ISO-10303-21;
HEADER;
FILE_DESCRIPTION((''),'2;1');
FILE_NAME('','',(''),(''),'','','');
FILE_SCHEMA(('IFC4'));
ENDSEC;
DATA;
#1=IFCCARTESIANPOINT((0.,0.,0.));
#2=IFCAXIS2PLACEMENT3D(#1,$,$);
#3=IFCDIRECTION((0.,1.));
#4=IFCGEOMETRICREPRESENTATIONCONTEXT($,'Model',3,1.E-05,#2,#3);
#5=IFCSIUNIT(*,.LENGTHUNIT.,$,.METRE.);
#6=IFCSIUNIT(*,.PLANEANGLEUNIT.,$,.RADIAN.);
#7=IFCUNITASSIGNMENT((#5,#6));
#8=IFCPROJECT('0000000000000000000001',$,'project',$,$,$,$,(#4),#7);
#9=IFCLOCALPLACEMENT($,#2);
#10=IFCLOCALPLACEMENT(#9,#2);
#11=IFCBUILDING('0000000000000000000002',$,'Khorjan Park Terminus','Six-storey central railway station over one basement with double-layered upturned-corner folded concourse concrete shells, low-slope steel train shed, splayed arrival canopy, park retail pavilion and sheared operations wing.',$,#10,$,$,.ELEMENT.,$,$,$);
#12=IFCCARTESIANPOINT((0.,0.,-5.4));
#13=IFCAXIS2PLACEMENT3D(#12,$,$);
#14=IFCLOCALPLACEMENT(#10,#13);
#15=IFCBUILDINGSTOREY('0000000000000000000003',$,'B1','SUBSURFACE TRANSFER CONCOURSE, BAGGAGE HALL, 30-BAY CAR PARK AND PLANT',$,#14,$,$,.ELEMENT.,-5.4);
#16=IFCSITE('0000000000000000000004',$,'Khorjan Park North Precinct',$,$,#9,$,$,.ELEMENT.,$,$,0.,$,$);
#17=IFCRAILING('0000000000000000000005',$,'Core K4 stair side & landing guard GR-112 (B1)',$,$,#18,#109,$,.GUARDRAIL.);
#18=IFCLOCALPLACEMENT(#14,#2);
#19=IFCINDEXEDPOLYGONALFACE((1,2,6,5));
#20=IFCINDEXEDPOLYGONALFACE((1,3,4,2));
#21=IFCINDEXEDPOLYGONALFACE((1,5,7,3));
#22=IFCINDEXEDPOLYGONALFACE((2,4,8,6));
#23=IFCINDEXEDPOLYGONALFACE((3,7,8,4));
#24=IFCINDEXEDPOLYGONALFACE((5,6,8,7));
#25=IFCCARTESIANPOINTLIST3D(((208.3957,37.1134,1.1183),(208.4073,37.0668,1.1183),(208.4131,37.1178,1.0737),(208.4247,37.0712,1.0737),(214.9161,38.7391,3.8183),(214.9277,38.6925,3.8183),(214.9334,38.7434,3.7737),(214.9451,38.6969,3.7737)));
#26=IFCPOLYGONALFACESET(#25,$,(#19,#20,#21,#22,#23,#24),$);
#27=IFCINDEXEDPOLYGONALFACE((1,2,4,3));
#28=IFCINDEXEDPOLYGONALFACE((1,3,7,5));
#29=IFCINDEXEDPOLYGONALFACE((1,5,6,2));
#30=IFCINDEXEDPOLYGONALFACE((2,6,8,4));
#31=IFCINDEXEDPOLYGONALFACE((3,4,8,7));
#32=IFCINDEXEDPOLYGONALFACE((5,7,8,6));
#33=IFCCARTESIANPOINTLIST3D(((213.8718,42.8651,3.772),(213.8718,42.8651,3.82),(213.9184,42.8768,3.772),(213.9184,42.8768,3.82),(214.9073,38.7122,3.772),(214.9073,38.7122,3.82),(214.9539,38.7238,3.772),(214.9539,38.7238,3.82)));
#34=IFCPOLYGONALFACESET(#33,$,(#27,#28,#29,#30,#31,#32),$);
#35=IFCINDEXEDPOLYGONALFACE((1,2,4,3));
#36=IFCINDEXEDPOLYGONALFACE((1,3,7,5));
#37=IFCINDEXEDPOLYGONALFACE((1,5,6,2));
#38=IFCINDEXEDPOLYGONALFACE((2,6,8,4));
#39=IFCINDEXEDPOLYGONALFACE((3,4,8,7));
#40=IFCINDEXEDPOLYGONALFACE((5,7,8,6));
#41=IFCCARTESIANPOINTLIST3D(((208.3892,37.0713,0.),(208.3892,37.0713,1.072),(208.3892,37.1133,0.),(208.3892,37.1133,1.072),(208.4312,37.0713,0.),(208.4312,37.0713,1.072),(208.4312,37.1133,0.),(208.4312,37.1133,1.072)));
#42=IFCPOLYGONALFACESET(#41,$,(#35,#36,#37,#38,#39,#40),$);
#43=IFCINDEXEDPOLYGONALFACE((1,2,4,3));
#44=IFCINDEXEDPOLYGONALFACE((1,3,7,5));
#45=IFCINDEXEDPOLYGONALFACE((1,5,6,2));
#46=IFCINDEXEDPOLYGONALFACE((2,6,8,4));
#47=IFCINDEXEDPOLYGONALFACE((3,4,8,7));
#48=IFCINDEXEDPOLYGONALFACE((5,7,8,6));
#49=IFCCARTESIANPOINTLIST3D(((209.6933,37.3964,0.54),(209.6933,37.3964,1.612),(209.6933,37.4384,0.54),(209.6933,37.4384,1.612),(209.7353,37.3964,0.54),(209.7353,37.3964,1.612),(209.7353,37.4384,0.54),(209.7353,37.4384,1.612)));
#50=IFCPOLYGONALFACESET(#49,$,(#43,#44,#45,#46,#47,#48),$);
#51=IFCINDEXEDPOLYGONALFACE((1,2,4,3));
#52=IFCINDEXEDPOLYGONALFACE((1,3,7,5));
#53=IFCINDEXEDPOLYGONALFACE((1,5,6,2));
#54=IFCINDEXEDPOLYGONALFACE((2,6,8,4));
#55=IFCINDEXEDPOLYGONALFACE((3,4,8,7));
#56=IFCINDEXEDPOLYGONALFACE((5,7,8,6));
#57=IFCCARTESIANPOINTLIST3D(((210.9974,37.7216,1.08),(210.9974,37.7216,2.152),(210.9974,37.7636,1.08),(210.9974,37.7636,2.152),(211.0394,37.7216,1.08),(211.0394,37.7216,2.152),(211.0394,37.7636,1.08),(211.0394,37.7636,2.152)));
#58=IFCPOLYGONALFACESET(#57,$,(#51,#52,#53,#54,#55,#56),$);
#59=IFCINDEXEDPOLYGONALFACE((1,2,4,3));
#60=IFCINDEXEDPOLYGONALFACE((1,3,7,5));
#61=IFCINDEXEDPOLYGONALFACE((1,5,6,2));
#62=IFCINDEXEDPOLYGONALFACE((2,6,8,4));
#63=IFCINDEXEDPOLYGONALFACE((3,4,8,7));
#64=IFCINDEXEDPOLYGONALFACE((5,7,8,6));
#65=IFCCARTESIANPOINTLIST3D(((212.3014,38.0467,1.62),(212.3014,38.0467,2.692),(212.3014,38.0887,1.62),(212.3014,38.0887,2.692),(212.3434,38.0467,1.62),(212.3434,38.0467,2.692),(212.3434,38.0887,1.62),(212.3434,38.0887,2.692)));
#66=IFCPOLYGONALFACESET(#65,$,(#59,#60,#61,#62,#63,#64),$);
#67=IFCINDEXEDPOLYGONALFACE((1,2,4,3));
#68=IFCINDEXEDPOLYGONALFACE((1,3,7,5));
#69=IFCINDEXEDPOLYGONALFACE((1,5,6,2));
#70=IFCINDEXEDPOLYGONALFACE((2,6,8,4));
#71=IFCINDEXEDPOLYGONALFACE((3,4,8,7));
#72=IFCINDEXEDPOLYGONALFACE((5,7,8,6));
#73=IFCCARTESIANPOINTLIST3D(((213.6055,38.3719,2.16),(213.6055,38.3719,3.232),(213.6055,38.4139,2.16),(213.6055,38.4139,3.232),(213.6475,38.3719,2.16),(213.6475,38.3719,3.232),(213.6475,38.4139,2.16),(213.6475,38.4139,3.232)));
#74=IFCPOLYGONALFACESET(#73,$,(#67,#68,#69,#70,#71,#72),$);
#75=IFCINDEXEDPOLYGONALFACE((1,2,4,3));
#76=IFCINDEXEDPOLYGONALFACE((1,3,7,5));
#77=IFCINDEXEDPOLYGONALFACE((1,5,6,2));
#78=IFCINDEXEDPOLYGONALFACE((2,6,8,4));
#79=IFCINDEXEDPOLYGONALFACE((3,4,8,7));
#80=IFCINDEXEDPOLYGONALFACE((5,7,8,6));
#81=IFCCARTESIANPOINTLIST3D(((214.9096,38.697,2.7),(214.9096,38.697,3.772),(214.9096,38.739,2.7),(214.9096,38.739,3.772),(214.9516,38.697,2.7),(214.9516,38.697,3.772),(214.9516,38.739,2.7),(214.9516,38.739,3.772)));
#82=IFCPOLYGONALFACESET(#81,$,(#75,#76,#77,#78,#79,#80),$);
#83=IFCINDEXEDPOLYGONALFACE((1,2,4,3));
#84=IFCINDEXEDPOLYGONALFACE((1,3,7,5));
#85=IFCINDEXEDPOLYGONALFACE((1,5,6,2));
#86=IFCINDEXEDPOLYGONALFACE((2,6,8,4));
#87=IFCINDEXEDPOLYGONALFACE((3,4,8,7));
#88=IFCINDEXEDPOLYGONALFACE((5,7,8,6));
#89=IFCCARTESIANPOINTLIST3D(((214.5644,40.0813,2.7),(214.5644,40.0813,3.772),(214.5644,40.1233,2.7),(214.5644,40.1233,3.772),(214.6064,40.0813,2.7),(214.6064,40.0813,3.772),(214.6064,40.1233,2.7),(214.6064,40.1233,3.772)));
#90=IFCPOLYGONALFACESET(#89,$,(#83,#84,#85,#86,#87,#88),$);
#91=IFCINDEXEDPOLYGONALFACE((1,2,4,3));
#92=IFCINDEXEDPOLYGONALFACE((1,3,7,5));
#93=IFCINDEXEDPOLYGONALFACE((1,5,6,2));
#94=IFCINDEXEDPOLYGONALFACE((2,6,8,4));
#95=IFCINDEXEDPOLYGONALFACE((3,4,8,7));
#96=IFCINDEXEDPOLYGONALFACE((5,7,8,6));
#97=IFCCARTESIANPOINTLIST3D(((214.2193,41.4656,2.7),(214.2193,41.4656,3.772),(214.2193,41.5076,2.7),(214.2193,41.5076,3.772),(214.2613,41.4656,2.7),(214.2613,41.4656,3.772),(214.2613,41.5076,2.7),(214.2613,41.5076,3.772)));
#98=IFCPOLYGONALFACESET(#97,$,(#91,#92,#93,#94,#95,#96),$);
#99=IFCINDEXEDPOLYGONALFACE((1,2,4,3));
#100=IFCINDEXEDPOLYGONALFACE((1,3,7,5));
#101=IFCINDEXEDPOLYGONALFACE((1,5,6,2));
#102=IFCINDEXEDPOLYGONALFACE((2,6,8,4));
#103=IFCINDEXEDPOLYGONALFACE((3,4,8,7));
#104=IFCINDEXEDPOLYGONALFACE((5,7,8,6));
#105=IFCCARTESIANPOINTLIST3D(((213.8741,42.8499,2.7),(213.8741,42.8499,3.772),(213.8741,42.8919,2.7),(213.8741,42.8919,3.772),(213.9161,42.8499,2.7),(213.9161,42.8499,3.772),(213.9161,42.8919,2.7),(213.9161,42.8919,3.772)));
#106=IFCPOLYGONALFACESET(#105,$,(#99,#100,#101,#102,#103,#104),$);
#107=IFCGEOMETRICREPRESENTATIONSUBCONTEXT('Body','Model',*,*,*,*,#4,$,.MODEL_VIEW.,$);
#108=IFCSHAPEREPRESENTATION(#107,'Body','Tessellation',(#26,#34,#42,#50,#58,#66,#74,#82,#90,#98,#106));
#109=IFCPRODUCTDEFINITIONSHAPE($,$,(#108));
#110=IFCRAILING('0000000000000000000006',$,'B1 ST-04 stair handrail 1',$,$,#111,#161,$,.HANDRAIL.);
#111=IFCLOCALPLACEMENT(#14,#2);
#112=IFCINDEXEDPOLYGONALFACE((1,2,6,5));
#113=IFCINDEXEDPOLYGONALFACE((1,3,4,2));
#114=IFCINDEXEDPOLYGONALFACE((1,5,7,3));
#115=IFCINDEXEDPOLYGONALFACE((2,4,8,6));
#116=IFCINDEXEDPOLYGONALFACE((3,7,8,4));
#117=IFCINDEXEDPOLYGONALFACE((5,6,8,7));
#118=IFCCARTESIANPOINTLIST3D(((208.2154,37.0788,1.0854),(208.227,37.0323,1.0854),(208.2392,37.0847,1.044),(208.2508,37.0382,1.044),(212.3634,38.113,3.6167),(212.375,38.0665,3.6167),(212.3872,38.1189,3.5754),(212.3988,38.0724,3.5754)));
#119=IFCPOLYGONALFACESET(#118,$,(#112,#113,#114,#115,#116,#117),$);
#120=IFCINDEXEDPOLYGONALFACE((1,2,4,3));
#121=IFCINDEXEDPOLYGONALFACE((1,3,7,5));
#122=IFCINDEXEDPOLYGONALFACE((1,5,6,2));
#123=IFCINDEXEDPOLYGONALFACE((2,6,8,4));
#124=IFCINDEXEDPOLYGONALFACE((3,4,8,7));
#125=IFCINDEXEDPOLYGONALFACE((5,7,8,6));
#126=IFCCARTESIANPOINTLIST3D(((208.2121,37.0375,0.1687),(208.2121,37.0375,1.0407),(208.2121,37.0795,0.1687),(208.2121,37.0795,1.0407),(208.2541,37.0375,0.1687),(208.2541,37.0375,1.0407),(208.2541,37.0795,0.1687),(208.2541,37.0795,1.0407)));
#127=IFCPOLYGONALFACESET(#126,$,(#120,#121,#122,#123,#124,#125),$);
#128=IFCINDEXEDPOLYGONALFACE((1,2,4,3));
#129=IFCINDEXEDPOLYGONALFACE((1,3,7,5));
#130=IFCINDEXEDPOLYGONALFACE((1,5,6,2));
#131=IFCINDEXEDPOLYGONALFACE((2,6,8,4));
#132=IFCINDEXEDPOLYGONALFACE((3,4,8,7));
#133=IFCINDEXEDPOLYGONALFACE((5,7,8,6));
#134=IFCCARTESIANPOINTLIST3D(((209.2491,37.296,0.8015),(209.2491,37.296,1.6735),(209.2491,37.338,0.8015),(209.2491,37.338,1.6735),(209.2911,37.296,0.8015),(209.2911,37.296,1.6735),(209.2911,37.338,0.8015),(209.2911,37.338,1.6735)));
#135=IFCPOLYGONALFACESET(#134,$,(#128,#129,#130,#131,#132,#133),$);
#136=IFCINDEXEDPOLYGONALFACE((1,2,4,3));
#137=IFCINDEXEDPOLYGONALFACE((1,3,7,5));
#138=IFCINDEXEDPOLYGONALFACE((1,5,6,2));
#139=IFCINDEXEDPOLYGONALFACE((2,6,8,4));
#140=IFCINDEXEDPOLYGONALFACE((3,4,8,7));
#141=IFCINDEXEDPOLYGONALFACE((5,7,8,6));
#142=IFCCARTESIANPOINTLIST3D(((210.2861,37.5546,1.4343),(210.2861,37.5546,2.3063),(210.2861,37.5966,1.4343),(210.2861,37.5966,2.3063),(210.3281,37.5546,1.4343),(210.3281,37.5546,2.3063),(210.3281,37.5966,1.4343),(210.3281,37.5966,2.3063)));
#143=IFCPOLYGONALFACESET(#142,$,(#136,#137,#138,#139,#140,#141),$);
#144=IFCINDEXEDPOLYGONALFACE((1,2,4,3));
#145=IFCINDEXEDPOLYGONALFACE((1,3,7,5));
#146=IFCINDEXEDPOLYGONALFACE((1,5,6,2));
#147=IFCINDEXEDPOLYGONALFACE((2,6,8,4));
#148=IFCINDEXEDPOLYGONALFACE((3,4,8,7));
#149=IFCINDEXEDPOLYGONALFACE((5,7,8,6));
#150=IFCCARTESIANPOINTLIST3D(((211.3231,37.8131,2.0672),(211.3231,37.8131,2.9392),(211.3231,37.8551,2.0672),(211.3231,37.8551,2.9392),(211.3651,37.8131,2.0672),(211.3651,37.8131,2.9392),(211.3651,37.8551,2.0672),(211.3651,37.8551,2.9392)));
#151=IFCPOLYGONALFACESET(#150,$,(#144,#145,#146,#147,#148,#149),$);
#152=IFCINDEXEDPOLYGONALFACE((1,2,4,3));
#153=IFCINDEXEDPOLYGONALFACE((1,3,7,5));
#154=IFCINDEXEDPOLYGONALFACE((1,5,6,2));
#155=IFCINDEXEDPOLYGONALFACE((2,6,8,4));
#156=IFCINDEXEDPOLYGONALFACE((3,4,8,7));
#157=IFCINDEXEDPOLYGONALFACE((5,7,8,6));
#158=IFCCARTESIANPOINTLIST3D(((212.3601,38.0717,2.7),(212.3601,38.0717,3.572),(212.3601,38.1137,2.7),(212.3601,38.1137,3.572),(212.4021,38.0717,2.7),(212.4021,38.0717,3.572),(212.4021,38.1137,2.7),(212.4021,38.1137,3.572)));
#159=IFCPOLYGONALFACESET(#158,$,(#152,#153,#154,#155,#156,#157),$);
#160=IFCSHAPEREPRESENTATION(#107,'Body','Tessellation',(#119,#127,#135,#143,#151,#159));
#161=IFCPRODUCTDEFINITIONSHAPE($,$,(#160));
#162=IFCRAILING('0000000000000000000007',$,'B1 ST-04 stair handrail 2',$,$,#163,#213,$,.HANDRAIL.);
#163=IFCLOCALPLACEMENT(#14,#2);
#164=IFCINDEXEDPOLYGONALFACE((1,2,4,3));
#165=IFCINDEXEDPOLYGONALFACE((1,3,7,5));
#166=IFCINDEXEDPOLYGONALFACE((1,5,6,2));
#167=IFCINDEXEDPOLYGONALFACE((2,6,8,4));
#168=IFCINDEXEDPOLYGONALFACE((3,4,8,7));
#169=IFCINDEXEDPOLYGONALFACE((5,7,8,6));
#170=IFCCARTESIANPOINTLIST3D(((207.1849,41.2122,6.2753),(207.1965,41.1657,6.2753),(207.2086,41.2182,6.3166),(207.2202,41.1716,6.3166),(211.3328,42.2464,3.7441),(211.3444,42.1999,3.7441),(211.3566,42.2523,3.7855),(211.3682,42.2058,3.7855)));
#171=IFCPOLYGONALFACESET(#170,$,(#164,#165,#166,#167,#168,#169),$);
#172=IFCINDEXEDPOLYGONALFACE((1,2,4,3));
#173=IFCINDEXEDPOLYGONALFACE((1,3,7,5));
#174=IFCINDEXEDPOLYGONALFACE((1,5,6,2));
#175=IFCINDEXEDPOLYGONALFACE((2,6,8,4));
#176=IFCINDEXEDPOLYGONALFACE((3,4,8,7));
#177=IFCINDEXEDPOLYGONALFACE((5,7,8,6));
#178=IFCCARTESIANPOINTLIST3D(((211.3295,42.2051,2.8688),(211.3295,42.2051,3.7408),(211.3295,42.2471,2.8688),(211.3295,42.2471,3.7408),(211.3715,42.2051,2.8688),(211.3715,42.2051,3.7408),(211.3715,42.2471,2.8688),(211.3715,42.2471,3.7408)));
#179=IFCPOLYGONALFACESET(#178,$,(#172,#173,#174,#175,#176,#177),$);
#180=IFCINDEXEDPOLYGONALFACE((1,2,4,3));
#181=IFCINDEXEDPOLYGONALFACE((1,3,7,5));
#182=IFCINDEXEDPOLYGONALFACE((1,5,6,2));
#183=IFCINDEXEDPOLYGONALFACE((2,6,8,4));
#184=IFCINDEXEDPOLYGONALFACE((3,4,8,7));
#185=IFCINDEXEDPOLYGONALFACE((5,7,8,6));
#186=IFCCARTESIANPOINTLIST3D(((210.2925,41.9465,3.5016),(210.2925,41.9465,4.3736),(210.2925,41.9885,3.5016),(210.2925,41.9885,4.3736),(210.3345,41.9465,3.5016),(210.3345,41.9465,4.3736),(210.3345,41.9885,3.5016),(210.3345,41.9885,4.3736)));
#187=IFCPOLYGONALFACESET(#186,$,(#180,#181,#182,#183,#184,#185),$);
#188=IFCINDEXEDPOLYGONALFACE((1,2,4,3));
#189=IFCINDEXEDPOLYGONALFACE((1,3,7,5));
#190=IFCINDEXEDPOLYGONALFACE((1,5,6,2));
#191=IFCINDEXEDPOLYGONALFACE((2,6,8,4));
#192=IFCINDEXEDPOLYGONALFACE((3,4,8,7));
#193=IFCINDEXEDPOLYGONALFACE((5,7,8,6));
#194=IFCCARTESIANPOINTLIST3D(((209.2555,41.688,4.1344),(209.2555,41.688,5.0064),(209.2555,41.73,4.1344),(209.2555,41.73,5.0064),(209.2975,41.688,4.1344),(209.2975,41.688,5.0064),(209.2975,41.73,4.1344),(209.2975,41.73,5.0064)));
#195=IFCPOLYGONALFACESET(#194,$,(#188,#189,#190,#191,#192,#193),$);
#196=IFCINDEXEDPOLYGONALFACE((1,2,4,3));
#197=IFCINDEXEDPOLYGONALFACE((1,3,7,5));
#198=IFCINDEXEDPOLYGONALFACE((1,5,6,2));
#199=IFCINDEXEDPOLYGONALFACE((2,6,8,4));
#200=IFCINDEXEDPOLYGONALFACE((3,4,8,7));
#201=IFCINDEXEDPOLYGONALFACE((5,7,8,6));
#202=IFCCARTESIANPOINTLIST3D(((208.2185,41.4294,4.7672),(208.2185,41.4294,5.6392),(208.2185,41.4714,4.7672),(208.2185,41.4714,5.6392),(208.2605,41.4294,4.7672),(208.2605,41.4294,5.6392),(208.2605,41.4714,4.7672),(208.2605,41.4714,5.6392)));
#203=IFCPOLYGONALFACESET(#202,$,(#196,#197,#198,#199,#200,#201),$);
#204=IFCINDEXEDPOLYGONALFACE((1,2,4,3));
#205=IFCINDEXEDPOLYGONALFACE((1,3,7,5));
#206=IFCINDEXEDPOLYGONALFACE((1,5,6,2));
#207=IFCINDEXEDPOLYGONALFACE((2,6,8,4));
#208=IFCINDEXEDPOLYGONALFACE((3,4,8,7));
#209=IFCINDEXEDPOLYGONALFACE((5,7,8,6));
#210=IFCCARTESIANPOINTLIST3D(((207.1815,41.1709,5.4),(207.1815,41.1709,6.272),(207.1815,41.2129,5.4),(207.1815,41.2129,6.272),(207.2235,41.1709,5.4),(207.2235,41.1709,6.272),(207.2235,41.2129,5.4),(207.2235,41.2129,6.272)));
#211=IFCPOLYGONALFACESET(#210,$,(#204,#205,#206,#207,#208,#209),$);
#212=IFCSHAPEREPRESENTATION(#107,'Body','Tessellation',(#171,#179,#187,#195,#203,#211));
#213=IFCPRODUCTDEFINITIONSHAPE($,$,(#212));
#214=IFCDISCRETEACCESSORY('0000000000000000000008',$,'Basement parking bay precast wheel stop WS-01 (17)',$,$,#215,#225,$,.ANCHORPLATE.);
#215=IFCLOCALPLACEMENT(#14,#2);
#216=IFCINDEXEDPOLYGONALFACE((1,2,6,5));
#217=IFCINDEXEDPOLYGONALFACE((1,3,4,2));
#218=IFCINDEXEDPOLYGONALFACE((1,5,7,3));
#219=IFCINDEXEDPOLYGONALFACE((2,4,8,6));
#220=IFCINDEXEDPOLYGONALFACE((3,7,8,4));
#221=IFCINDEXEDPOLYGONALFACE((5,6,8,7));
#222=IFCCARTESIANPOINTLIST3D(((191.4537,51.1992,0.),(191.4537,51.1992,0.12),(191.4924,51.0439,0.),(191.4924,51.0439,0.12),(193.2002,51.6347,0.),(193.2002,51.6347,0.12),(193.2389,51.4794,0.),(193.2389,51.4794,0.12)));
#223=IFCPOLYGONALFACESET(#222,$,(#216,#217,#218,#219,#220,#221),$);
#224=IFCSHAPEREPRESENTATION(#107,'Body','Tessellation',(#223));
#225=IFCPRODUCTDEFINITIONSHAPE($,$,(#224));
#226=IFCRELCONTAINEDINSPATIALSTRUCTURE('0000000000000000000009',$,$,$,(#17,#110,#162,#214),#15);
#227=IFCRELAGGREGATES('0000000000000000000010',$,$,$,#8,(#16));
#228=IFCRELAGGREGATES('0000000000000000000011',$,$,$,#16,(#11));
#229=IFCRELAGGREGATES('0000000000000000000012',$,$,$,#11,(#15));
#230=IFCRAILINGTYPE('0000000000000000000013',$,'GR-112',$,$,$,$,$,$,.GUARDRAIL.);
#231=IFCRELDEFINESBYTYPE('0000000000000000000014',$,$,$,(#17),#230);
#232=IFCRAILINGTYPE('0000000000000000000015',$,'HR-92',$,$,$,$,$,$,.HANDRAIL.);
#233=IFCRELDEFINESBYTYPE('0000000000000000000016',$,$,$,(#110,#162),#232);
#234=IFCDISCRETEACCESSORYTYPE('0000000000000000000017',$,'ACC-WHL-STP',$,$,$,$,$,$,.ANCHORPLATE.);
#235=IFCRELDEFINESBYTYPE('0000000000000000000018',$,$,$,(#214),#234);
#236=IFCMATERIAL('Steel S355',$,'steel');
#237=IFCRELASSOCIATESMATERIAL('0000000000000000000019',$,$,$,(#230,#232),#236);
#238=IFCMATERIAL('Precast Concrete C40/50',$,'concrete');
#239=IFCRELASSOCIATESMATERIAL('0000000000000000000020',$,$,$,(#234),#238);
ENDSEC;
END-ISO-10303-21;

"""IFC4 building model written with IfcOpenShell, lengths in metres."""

from ifc_helpers import new_model, si_unit, direction, frame, origin, origin_2d, place, context, subcontext, project, spatial, rectangle, extrude, material, type_object, element, save


model = new_model("IFC4")

# Units and contexts
model_context = context("Model", 3, precision=1e-05, world=origin(), true_north=direction((0.0, 1.0)))
body_context = subcontext(model_context, "Body", "Model", "MODEL_VIEW")
ifc_project = project(units=[si_unit("LENGTHUNIT", "METRE"), si_unit("PLANEANGLEUNIT", "RADIAN")], contexts=[model_context])

# Site, building, storey
site_placement = place(None, origin())
site = spatial("IfcSite", under=ifc_project, at=site_placement, Name="Khorjan Park North Precinct", CompositionType="ELEMENT", RefElevation=0.0)
building_placement = place(site_placement, origin())
building = spatial("IfcBuilding", under=site, at=building_placement, Name="Khorjan Park Terminus", Description="Six-storey central railway station over one basement with double-layered upturned-corner folded concourse concrete shells, low-slope steel train shed, splayed arrival canopy, park retail pavilion and sheared operations wing.", CompositionType="ELEMENT")
storey_placement = place(building_placement, frame((0.0, 0.0, -5.4)))
storey = spatial("IfcBuildingStorey", under=building, at=storey_placement, Name="B1", Description="SUBSURFACE TRANSFER CONCOURSE, BAGGAGE HALL, 30-BAY CAR PARK AND PLANT", CompositionType="ELEMENT", Elevation=-5.4)

# Railings
ifc_material_1 = material(Name="Steel S355", Category="steel")
railing_type_1 = type_object("IfcRailingType", Name="GR-112", PredefinedType="GUARDRAIL", material=ifc_material_1)
railing_1_placement = place(storey_placement, frame((208.4102, 37.0923, 0.0)))
element("IfcRailing", 1, at=railing_1_placement, inside=storey, type_object=railing_type_1, Name="Core K4 stair side & landing guard GR-112 (B1)", PredefinedType="GUARDRAIL", context=body_context, shape_type="SweptSolid", body=[
    extrude(rectangle(XDim=0.048, YDim=0.048, at=origin_2d()), frame((0.0, 0.0, 1.096), z_axis=(0.900342, 0.224478, 0.372818), x_axis=(-0.241919, 0.970296, 0.0)), (0.0, 0.0, 1.0), 7.2421),
    extrude(rectangle(XDim=0.048, YDim=0.048, at=origin_2d()), frame((6.5204, 1.6257, 3.796), z_axis=(-0.241936, 0.970292, 0.0), x_axis=(-0.970292, -0.241936, 0.0)), (0.0, 0.0, 1.0), 4.2801),
    extrude(rectangle(XDim=0.042, YDim=0.042, at=origin_2d()), origin(), (0.0, 0.0, 1.0), 1.072),
    extrude(rectangle(XDim=0.042, YDim=0.042, at=origin_2d()), frame((1.3041, 0.3251, 0.54)), (0.0, 0.0, 1.0), 1.072),
    extrude(rectangle(XDim=0.042, YDim=0.042, at=origin_2d()), frame((2.6082, 0.6503, 1.08)), (0.0, 0.0, 1.0), 1.072),
    extrude(rectangle(XDim=0.042, YDim=0.042, at=origin_2d()), frame((3.9122, 0.9754, 1.62)), (0.0, 0.0, 1.0), 1.072),
    extrude(rectangle(XDim=0.042, YDim=0.042, at=origin_2d()), frame((5.2163, 1.3006, 2.16)), (0.0, 0.0, 1.0), 1.072),
    extrude(rectangle(XDim=0.042, YDim=0.042, at=origin_2d()), frame((6.5204, 1.6257, 2.7)), (0.0, 0.0, 1.0), 1.072),
    extrude(rectangle(XDim=0.042, YDim=0.042, at=origin_2d()), frame((6.1752, 3.01, 2.7)), (0.0, 0.0, 1.0), 1.072),
    extrude(rectangle(XDim=0.042, YDim=0.042, at=origin_2d()), frame((5.8301, 4.3943, 2.7)), (0.0, 0.0, 1.0), 1.072),
    extrude(rectangle(XDim=0.042, YDim=0.042, at=origin_2d()), frame((5.4849, 5.7786, 2.7)), (0.0, 0.0, 1.0), 1.072),
])
railing_type_2 = type_object("IfcRailingType", Name="HR-92", PredefinedType="HANDRAIL", material=ifc_material_1)
railing_2_placement = place(storey_placement, frame((208.2331, 37.0585, 0.1687)))
element("IfcRailing", 2, at=railing_2_placement, inside=storey, type_object=railing_type_2, Name="B1 ST-04 stair handrail 1", PredefinedType="HANDRAIL", context=body_context, shape_type="SweptSolid", body=[
    extrude(rectangle(XDim=0.048, YDim=0.048, at=origin_2d()), frame((0.0, 0.0, 0.896), z_axis=(0.834911, 0.208164, 0.509501), x_axis=(-0.241919, 0.970296, 0.0)), (0.0, 0.0, 1.0), 4.9682),
    extrude(rectangle(XDim=0.042, YDim=0.042, at=origin_2d()), origin(), (0.0, 0.0, 1.0), 0.872),
    extrude(rectangle(XDim=0.042, YDim=0.042, at=origin_2d()), frame((1.037, 0.2585, 0.6328)), (0.0, 0.0, 1.0), 0.872),
    extrude(rectangle(XDim=0.042, YDim=0.042, at=origin_2d()), frame((2.074, 0.5171, 1.2656)), (0.0, 0.0, 1.0), 0.872),
    extrude(rectangle(XDim=0.042, YDim=0.042, at=origin_2d()), frame((3.111, 0.7756, 1.8985)), (0.0, 0.0, 1.0), 0.872),
    extrude(rectangle(XDim=0.042, YDim=0.042, at=origin_2d()), frame((4.148, 1.0342, 2.5313)), (0.0, 0.0, 1.0), 0.872),
])
railing_3_placement = place(storey_placement, frame((211.3505, 42.2261, 2.8688)))
element("IfcRailing", 3, at=railing_3_placement, inside=storey, type_object=railing_type_2, Name="B1 ST-04 stair handrail 2", PredefinedType="HANDRAIL", context=body_context, shape_type="SweptSolid", body=[
    extrude(rectangle(XDim=0.048, YDim=0.048, at=origin_2d()), frame((0.0, 0.0, 0.896), z_axis=(-0.83492, -0.208166, 0.509486), x_axis=(0.241919, -0.970296, 0.0)), (0.0, 0.0, 1.0), 4.9681),
    extrude(rectangle(XDim=0.042, YDim=0.042, at=origin_2d()), origin(), (0.0, 0.0, 1.0), 0.872),
    extrude(rectangle(XDim=0.042, YDim=0.042, at=origin_2d()), frame((-1.037, -0.2586, 0.6328)), (0.0, 0.0, 1.0), 0.872),
    extrude(rectangle(XDim=0.042, YDim=0.042, at=origin_2d()), frame((-2.074, -0.5171, 1.2656)), (0.0, 0.0, 1.0), 0.872),
    extrude(rectangle(XDim=0.042, YDim=0.042, at=origin_2d()), frame((-3.111, -0.7757, 1.8984)), (0.0, 0.0, 1.0), 0.872),
    extrude(rectangle(XDim=0.042, YDim=0.042, at=origin_2d()), frame((-4.148, -1.0342, 2.5312)), (0.0, 0.0, 1.0), 0.872),
])

# Discrete accessory
ifc_material_2 = material(Name="Precast Concrete C40/50", Category="concrete")
discrete_accessory_type = type_object("IfcDiscreteAccessoryType", Name="ACC-WHL-STP", PredefinedType="ANCHORPLATE", material=ifc_material_2)
for number, where, z_axis, x_axis, name in (
    (4, (192.3463, 51.3393, 0.0), (0.0, 0.0, 1.0), (0.970296, 0.241922, 0.0), "Basement parking bay precast wheel stop WS-01 (17)"),
):
    element("IfcDiscreteAccessory", number, at=place(storey_placement, frame(where, z_axis=z_axis, x_axis=x_axis)), inside=storey, type_object=discrete_accessory_type, Name=name, PredefinedType="ANCHORPLATE", context=body_context, shape_type="SweptSolid", body=[
        extrude(rectangle(XDim=1.8, YDim=0.16, at=origin_2d()), origin(), (0.0, 0.0, 1.0), 0.12),
    ])

save(model, "model.ifc")
